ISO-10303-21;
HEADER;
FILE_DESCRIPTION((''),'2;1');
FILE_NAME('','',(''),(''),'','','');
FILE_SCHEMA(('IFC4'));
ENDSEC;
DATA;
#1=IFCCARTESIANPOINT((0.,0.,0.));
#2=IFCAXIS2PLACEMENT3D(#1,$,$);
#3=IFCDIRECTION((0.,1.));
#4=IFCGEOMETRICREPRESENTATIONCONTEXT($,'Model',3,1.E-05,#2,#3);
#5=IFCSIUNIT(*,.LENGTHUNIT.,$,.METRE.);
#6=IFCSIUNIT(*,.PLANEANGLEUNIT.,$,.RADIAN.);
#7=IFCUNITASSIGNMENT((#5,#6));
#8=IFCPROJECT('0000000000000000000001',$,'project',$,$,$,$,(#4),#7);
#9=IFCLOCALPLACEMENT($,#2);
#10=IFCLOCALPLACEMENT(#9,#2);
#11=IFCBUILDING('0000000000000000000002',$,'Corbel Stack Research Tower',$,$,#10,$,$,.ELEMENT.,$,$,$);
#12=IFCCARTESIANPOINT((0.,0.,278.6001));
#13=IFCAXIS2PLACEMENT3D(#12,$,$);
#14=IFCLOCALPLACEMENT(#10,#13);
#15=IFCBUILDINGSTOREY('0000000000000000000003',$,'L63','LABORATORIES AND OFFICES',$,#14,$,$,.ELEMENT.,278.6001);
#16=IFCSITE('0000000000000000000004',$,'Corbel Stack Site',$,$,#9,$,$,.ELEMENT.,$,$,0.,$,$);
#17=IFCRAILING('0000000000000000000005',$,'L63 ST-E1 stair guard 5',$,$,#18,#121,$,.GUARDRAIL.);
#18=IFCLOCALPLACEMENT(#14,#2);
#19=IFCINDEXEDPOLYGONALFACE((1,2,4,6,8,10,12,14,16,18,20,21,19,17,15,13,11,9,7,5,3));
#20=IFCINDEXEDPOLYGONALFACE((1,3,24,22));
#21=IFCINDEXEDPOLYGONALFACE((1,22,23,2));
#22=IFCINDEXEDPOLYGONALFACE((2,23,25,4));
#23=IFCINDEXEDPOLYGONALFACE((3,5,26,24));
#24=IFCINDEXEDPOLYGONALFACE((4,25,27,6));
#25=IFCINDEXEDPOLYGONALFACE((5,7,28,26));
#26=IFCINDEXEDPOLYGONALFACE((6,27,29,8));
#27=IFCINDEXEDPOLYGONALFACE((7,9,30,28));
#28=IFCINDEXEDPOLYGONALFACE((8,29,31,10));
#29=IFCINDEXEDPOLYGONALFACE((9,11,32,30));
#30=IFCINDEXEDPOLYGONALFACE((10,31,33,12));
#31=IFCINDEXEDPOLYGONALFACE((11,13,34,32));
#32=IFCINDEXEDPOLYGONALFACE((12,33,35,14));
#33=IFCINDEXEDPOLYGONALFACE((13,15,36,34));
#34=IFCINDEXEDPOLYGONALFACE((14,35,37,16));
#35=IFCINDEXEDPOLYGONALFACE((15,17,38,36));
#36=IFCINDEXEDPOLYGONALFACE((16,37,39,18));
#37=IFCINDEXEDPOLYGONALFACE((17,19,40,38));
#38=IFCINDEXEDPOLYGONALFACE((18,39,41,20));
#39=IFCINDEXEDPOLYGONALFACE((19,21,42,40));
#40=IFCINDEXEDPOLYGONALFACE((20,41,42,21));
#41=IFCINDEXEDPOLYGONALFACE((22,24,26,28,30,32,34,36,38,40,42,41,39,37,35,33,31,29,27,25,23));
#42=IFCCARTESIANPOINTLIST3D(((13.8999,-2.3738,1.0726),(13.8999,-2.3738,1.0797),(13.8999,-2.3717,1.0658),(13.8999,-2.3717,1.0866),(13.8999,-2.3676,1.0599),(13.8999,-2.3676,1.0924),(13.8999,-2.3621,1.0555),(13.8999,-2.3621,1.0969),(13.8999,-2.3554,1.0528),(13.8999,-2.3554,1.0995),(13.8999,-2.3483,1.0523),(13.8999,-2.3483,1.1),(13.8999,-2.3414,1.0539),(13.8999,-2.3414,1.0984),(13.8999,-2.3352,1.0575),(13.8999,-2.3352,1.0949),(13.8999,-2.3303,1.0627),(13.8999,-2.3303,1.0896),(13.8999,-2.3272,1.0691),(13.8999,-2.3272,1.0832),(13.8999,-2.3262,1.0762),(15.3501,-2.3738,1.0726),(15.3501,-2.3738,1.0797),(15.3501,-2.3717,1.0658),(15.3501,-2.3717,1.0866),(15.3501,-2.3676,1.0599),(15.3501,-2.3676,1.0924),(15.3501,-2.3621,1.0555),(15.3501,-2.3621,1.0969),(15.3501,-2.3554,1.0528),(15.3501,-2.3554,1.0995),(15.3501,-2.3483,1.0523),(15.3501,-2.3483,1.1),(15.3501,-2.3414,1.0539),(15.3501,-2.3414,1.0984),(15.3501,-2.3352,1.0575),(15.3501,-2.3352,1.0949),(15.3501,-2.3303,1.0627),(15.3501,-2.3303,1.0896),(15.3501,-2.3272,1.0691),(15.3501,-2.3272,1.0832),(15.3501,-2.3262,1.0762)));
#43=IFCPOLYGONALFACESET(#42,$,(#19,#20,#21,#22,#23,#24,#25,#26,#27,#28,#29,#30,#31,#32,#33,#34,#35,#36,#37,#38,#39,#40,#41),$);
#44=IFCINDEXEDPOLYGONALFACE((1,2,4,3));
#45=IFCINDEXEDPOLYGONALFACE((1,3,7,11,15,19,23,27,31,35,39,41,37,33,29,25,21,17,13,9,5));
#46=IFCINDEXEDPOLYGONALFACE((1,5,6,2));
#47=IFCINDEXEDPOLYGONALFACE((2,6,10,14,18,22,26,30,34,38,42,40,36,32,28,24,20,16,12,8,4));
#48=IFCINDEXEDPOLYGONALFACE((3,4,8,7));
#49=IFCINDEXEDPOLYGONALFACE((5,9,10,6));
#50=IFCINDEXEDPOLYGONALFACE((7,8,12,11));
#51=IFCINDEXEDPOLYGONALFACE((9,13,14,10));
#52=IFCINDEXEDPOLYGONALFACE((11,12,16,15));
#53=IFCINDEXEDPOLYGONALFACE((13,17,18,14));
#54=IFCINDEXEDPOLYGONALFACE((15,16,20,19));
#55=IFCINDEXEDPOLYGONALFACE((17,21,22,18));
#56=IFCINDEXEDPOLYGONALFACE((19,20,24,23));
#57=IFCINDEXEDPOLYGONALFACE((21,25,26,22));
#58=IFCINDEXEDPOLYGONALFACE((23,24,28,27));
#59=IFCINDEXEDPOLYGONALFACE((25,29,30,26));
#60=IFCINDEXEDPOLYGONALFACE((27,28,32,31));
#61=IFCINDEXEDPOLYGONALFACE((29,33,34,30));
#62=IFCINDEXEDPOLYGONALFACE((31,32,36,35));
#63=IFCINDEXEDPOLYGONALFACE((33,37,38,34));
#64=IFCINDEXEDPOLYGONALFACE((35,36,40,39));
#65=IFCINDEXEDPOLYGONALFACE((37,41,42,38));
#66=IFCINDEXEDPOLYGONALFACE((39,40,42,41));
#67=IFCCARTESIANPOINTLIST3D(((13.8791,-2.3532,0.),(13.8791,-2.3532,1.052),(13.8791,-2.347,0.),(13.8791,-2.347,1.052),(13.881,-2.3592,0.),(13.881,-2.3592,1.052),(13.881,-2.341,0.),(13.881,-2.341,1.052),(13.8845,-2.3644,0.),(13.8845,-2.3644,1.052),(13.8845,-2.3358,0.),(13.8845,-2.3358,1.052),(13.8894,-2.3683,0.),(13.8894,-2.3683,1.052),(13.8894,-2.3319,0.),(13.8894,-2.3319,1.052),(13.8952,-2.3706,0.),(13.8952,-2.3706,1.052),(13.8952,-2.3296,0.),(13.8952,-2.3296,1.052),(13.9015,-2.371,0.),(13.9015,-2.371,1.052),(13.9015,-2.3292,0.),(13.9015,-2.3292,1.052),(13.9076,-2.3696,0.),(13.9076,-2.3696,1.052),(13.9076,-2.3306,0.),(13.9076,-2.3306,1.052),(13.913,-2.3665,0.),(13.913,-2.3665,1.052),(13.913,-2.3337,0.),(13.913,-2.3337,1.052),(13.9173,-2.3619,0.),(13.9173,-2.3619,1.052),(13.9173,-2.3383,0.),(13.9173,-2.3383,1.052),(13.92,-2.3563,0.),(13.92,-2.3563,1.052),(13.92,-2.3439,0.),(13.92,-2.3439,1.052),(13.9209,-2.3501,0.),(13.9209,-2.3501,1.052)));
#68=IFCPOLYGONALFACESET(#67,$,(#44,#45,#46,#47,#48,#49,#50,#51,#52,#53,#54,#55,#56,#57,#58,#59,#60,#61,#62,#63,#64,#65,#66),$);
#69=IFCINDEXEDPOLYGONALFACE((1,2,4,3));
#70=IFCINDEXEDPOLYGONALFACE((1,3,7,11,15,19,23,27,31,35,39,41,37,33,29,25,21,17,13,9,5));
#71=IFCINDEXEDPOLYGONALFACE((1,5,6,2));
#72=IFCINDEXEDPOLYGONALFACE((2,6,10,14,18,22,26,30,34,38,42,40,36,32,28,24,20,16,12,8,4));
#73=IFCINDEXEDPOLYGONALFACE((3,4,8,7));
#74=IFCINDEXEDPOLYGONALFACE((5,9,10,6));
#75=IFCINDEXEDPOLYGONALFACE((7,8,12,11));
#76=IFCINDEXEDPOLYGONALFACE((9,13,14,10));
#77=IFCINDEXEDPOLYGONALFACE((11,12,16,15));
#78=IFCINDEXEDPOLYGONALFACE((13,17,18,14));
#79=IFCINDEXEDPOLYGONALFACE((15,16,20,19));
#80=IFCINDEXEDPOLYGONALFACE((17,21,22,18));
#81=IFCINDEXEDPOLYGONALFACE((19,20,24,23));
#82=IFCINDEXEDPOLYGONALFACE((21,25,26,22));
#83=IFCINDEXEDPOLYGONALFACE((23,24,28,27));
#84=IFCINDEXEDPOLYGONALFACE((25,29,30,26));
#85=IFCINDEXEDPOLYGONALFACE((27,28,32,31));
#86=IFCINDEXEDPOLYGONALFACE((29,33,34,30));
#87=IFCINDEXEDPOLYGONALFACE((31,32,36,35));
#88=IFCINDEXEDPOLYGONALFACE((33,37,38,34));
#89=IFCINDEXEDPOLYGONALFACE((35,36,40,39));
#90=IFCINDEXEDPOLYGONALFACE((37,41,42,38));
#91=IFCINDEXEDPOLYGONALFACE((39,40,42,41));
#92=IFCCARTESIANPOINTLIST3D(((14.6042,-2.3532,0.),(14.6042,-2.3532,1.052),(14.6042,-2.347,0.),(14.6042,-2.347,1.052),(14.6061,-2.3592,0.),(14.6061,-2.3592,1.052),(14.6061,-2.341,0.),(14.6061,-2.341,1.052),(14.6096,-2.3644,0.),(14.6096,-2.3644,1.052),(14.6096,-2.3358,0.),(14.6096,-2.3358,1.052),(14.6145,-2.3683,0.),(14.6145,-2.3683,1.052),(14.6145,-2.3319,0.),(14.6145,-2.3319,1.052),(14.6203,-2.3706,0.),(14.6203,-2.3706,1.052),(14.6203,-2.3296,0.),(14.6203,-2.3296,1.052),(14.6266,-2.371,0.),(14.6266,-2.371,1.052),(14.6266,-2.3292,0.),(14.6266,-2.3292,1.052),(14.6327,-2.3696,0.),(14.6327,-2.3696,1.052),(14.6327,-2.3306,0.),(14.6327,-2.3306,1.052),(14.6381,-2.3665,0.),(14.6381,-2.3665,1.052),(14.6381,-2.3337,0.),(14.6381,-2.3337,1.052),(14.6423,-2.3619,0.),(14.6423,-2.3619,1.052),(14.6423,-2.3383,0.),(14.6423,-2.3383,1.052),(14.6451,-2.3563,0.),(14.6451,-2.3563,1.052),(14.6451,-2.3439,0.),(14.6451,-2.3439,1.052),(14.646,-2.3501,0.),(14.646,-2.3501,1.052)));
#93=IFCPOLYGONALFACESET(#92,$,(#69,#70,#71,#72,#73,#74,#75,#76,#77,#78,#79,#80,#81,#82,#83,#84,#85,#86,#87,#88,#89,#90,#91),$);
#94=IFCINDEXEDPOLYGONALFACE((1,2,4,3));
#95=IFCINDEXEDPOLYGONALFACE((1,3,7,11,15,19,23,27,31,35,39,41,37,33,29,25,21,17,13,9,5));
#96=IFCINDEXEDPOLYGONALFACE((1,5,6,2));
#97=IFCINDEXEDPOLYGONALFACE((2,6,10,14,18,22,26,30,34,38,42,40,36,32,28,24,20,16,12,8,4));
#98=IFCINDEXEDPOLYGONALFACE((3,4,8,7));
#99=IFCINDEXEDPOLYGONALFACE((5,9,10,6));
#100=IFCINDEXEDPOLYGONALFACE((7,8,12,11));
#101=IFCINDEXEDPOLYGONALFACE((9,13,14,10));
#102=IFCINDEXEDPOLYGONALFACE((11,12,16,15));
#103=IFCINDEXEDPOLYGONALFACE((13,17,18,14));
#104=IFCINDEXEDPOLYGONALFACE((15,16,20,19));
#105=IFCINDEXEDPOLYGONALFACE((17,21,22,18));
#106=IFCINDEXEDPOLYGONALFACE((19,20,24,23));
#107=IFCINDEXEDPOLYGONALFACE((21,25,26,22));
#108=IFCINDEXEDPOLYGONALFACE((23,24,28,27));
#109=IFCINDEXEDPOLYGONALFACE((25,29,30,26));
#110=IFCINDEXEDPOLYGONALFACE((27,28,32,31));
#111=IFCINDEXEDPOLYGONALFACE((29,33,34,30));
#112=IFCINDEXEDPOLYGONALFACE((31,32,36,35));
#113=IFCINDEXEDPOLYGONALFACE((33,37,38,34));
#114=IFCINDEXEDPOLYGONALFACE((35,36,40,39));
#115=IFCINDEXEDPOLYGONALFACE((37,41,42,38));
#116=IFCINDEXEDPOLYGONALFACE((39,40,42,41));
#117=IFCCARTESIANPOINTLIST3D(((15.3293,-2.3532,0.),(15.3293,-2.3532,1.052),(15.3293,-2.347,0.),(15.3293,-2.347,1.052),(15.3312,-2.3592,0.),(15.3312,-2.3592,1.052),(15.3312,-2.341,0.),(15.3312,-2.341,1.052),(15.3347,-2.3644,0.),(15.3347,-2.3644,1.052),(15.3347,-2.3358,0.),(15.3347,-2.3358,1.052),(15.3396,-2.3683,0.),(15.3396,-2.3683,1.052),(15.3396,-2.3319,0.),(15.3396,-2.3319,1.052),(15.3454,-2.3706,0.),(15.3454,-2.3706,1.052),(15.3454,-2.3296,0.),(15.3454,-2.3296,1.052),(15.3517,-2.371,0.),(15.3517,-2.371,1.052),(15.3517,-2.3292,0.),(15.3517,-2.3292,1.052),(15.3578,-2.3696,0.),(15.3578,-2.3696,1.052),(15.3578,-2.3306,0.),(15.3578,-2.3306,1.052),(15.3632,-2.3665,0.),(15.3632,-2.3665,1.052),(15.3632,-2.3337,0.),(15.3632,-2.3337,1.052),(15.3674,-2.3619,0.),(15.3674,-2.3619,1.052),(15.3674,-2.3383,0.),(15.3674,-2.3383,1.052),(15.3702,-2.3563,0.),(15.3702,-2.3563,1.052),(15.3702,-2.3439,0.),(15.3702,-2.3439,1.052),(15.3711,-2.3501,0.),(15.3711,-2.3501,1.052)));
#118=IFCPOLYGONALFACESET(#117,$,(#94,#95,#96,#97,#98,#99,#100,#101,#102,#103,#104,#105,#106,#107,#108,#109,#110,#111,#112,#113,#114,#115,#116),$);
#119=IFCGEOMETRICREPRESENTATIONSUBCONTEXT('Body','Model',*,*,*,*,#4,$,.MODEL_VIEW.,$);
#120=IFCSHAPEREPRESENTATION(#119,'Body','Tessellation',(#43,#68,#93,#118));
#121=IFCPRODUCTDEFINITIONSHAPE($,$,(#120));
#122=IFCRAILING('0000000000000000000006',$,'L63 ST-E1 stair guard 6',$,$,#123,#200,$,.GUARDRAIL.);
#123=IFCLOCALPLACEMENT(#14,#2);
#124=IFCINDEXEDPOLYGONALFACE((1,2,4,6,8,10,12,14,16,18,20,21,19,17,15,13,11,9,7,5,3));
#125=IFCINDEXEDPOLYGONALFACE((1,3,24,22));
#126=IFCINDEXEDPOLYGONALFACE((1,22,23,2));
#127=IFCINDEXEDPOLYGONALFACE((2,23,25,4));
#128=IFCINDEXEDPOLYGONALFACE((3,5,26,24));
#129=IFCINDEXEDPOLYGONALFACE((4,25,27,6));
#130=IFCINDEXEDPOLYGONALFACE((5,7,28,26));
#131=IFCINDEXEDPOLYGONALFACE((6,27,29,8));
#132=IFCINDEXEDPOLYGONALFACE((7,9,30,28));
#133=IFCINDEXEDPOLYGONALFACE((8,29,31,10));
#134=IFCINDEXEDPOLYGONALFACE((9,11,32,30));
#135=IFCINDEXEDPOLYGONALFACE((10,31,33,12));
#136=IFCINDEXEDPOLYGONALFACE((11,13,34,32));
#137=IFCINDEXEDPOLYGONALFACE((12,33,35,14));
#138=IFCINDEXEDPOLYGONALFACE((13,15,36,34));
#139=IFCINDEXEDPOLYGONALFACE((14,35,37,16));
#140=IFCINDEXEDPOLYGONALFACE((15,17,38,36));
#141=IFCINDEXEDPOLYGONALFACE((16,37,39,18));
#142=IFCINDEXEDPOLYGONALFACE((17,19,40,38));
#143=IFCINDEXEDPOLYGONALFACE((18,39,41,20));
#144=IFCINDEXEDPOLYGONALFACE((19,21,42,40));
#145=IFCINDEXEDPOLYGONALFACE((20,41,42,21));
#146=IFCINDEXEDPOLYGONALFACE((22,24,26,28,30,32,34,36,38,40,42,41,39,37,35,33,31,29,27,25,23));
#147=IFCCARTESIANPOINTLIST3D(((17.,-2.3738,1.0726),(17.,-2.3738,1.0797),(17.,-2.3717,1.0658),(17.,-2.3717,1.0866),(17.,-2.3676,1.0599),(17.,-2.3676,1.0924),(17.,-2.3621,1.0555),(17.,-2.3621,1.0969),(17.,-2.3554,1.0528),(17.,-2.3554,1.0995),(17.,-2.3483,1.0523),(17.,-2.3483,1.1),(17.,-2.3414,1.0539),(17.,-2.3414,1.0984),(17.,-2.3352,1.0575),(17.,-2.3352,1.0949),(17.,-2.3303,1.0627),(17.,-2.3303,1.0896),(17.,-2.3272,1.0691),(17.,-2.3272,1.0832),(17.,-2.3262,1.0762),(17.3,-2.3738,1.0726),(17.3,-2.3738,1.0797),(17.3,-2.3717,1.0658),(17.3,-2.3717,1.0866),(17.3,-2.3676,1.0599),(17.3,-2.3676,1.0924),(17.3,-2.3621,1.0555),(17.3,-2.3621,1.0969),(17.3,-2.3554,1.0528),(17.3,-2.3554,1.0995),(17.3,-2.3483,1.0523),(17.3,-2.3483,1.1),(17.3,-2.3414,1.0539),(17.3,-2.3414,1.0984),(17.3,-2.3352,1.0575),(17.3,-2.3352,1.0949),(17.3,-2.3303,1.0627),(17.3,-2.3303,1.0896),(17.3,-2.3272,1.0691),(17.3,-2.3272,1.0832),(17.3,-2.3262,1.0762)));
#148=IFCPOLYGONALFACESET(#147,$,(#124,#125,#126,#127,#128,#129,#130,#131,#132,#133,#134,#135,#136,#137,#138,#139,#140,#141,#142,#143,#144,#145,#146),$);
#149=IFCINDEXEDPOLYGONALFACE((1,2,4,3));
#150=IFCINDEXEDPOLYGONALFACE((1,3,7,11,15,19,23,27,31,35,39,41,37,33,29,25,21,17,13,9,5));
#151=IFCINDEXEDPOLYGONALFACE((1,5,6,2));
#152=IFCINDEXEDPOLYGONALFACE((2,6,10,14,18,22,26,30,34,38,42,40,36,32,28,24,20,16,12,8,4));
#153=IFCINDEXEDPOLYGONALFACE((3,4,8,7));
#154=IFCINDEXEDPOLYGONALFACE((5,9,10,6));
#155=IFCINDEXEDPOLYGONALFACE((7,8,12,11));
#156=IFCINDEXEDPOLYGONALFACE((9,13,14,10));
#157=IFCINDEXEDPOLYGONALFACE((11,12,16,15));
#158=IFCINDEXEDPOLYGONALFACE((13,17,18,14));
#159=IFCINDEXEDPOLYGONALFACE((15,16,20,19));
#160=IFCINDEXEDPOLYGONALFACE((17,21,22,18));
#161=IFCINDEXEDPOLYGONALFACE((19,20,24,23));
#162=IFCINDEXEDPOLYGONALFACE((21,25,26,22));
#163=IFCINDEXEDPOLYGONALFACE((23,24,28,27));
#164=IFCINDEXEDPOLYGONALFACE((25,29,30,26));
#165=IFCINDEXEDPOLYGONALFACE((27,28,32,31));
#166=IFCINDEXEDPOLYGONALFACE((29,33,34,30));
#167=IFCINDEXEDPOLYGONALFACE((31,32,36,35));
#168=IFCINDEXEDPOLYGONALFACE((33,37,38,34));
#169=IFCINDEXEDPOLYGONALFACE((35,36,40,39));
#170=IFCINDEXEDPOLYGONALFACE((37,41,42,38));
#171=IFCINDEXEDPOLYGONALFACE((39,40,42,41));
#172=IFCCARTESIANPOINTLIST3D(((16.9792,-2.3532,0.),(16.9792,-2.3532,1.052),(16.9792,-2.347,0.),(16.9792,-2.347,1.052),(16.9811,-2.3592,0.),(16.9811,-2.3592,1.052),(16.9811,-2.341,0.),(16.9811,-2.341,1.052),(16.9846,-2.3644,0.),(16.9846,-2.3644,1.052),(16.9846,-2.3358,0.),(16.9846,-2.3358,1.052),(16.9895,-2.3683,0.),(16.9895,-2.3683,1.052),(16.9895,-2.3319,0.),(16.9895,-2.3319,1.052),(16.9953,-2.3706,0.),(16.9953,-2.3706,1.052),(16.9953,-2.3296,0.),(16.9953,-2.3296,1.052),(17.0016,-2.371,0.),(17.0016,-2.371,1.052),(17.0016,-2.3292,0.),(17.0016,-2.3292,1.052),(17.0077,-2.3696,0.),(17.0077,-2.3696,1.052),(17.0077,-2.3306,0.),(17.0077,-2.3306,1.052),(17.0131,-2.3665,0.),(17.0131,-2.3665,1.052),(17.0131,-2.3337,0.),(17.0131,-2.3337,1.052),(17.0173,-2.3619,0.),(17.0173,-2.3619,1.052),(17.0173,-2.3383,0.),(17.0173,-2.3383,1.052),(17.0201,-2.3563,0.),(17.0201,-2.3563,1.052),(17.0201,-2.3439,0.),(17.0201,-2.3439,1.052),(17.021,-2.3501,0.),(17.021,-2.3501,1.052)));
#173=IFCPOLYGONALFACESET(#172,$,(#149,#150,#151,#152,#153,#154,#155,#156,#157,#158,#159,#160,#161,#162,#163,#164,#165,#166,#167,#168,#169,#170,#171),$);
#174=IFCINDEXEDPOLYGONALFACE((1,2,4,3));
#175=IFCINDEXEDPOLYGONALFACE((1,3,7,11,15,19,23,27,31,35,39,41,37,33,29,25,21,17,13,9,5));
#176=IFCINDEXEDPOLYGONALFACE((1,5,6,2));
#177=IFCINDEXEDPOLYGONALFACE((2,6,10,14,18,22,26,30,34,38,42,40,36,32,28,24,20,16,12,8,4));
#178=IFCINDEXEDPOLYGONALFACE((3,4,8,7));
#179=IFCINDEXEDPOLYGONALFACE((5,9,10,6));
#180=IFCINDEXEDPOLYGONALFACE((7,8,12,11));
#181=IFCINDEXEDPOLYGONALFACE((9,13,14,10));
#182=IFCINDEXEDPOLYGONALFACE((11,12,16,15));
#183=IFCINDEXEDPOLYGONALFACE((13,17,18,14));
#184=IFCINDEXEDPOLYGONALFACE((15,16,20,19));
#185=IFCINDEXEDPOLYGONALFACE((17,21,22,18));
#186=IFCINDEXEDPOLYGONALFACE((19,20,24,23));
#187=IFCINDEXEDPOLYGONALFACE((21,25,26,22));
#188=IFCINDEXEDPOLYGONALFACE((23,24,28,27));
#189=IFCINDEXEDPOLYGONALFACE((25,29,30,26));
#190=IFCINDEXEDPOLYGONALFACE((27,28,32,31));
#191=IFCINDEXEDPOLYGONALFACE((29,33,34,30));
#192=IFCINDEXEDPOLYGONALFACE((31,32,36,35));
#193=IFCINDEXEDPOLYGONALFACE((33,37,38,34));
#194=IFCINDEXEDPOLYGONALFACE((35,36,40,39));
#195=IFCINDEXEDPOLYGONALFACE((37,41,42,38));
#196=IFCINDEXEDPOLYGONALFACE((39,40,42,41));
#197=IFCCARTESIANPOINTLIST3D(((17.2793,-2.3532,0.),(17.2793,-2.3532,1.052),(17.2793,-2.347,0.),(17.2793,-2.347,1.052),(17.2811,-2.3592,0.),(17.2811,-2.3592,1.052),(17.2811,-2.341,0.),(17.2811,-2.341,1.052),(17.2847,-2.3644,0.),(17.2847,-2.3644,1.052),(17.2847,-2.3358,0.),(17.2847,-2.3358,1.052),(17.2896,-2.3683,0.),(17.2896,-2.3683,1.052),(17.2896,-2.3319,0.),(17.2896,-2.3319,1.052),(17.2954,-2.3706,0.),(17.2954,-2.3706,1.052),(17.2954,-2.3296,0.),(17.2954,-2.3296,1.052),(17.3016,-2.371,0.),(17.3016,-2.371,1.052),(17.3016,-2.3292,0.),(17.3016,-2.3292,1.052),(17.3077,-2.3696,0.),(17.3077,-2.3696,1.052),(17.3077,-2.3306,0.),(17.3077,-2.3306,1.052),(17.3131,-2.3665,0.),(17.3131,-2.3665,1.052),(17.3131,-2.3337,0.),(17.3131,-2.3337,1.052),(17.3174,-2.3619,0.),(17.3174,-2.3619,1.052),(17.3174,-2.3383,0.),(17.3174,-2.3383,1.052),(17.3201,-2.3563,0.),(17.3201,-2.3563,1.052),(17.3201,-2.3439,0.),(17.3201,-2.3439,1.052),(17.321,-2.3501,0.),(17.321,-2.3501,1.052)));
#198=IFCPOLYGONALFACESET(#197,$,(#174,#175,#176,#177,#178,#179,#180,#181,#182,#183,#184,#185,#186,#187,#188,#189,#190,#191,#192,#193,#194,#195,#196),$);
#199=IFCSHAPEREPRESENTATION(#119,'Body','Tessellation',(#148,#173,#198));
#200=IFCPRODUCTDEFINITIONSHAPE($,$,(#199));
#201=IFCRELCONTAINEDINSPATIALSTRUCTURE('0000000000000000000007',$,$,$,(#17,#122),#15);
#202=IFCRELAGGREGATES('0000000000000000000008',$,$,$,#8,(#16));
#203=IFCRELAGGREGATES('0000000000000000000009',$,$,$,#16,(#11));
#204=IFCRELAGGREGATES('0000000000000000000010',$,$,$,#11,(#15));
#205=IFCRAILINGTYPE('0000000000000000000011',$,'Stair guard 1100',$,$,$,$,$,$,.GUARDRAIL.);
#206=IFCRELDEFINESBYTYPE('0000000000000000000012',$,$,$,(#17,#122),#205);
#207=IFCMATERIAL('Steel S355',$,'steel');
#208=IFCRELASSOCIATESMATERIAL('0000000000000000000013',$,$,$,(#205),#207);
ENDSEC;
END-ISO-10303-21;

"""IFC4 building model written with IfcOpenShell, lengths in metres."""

from ifc_helpers import new_model, si_unit, direction, frame, origin, origin_2d, place, context, subcontext, project, spatial, circle, extrude, material, type_object, element, save


model = new_model("IFC4")

# Units and contexts
model_context = context("Model", 3, precision=1e-05, world=origin(), true_north=direction((0.0, 1.0)))
body_context = subcontext(model_context, "Body", "Model", "MODEL_VIEW")
ifc_project = project(units=[si_unit("LENGTHUNIT", "METRE"), si_unit("PLANEANGLEUNIT", "RADIAN")], contexts=[model_context])

# Site, building, storey
site_placement = place(None, origin())
site = spatial("IfcSite", under=ifc_project, at=site_placement, Name="Corbel Stack Site", CompositionType="ELEMENT", RefElevation=0.0)
building_placement = place(site_placement, origin())
building = spatial("IfcBuilding", under=site, at=building_placement, Name="Corbel Stack Research Tower", CompositionType="ELEMENT")
storey_placement = place(building_placement, frame((0.0, 0.0, 278.6001)))
storey = spatial("IfcBuildingStorey", under=building, at=storey_placement, Name="L63", Description="LABORATORIES AND OFFICES", CompositionType="ELEMENT", Elevation=278.6001)

# Railings
ifc_material_1 = material(Name="Steel S355", Category="steel")
railing_type_1 = type_object("IfcRailingType", Name="Stair guard 1100", PredefinedType="GUARDRAIL", material=ifc_material_1)
railing_1_placement = place(storey_placement, frame((13.8999, -2.3501, 0.0)))
element("IfcRailing", 1, at=railing_1_placement, inside=storey, type_object=railing_type_1, Name="L63 ST-E1 stair guard 5", PredefinedType="GUARDRAIL", context=body_context, shape_type="SweptSolid", body=[
    extrude(circle(Radius=0.0239, at=origin_2d()), frame((0.0, 0.0, 1.0762), z_axis=(1.0, 0.0, 0.0), x_axis=(0.0, 1.0, 0.0)), (0.0, 0.0, 1.0), 1.4502),
    extrude(circle(Radius=0.021, at=origin_2d()), origin(), (0.0, 0.0, 1.0), 1.052),
    extrude(circle(Radius=0.021, at=origin_2d()), frame((0.7251, 0.0, 0.0)), (0.0, 0.0, 1.0), 1.052),
    extrude(circle(Radius=0.021, at=origin_2d()), frame((1.4502, 0.0, 0.0)), (0.0, 0.0, 1.0), 1.052),
])
railing_2_placement = place(storey_placement, frame((17.0, -2.3501, 0.0)))
element("IfcRailing", 2, at=railing_2_placement, inside=storey, type_object=railing_type_1, Name="L63 ST-E1 stair guard 6", PredefinedType="GUARDRAIL", context=body_context, shape_type="SweptSolid", body=[
    extrude(circle(Radius=0.0239, at=origin_2d()), frame((0.0, 0.0, 1.0762), z_axis=(1.0, 0.0, 0.0), x_axis=(0.0, 1.0, 0.0)), (0.0, 0.0, 1.0), 0.3),
    extrude(circle(Radius=0.021, at=origin_2d()), origin(), (0.0, 0.0, 1.0), 1.052),
    extrude(circle(Radius=0.021, at=origin_2d()), frame((0.3, 0.0, 0.0)), (0.0, 0.0, 1.0), 1.052),
])

save(model, "model.ifc")
